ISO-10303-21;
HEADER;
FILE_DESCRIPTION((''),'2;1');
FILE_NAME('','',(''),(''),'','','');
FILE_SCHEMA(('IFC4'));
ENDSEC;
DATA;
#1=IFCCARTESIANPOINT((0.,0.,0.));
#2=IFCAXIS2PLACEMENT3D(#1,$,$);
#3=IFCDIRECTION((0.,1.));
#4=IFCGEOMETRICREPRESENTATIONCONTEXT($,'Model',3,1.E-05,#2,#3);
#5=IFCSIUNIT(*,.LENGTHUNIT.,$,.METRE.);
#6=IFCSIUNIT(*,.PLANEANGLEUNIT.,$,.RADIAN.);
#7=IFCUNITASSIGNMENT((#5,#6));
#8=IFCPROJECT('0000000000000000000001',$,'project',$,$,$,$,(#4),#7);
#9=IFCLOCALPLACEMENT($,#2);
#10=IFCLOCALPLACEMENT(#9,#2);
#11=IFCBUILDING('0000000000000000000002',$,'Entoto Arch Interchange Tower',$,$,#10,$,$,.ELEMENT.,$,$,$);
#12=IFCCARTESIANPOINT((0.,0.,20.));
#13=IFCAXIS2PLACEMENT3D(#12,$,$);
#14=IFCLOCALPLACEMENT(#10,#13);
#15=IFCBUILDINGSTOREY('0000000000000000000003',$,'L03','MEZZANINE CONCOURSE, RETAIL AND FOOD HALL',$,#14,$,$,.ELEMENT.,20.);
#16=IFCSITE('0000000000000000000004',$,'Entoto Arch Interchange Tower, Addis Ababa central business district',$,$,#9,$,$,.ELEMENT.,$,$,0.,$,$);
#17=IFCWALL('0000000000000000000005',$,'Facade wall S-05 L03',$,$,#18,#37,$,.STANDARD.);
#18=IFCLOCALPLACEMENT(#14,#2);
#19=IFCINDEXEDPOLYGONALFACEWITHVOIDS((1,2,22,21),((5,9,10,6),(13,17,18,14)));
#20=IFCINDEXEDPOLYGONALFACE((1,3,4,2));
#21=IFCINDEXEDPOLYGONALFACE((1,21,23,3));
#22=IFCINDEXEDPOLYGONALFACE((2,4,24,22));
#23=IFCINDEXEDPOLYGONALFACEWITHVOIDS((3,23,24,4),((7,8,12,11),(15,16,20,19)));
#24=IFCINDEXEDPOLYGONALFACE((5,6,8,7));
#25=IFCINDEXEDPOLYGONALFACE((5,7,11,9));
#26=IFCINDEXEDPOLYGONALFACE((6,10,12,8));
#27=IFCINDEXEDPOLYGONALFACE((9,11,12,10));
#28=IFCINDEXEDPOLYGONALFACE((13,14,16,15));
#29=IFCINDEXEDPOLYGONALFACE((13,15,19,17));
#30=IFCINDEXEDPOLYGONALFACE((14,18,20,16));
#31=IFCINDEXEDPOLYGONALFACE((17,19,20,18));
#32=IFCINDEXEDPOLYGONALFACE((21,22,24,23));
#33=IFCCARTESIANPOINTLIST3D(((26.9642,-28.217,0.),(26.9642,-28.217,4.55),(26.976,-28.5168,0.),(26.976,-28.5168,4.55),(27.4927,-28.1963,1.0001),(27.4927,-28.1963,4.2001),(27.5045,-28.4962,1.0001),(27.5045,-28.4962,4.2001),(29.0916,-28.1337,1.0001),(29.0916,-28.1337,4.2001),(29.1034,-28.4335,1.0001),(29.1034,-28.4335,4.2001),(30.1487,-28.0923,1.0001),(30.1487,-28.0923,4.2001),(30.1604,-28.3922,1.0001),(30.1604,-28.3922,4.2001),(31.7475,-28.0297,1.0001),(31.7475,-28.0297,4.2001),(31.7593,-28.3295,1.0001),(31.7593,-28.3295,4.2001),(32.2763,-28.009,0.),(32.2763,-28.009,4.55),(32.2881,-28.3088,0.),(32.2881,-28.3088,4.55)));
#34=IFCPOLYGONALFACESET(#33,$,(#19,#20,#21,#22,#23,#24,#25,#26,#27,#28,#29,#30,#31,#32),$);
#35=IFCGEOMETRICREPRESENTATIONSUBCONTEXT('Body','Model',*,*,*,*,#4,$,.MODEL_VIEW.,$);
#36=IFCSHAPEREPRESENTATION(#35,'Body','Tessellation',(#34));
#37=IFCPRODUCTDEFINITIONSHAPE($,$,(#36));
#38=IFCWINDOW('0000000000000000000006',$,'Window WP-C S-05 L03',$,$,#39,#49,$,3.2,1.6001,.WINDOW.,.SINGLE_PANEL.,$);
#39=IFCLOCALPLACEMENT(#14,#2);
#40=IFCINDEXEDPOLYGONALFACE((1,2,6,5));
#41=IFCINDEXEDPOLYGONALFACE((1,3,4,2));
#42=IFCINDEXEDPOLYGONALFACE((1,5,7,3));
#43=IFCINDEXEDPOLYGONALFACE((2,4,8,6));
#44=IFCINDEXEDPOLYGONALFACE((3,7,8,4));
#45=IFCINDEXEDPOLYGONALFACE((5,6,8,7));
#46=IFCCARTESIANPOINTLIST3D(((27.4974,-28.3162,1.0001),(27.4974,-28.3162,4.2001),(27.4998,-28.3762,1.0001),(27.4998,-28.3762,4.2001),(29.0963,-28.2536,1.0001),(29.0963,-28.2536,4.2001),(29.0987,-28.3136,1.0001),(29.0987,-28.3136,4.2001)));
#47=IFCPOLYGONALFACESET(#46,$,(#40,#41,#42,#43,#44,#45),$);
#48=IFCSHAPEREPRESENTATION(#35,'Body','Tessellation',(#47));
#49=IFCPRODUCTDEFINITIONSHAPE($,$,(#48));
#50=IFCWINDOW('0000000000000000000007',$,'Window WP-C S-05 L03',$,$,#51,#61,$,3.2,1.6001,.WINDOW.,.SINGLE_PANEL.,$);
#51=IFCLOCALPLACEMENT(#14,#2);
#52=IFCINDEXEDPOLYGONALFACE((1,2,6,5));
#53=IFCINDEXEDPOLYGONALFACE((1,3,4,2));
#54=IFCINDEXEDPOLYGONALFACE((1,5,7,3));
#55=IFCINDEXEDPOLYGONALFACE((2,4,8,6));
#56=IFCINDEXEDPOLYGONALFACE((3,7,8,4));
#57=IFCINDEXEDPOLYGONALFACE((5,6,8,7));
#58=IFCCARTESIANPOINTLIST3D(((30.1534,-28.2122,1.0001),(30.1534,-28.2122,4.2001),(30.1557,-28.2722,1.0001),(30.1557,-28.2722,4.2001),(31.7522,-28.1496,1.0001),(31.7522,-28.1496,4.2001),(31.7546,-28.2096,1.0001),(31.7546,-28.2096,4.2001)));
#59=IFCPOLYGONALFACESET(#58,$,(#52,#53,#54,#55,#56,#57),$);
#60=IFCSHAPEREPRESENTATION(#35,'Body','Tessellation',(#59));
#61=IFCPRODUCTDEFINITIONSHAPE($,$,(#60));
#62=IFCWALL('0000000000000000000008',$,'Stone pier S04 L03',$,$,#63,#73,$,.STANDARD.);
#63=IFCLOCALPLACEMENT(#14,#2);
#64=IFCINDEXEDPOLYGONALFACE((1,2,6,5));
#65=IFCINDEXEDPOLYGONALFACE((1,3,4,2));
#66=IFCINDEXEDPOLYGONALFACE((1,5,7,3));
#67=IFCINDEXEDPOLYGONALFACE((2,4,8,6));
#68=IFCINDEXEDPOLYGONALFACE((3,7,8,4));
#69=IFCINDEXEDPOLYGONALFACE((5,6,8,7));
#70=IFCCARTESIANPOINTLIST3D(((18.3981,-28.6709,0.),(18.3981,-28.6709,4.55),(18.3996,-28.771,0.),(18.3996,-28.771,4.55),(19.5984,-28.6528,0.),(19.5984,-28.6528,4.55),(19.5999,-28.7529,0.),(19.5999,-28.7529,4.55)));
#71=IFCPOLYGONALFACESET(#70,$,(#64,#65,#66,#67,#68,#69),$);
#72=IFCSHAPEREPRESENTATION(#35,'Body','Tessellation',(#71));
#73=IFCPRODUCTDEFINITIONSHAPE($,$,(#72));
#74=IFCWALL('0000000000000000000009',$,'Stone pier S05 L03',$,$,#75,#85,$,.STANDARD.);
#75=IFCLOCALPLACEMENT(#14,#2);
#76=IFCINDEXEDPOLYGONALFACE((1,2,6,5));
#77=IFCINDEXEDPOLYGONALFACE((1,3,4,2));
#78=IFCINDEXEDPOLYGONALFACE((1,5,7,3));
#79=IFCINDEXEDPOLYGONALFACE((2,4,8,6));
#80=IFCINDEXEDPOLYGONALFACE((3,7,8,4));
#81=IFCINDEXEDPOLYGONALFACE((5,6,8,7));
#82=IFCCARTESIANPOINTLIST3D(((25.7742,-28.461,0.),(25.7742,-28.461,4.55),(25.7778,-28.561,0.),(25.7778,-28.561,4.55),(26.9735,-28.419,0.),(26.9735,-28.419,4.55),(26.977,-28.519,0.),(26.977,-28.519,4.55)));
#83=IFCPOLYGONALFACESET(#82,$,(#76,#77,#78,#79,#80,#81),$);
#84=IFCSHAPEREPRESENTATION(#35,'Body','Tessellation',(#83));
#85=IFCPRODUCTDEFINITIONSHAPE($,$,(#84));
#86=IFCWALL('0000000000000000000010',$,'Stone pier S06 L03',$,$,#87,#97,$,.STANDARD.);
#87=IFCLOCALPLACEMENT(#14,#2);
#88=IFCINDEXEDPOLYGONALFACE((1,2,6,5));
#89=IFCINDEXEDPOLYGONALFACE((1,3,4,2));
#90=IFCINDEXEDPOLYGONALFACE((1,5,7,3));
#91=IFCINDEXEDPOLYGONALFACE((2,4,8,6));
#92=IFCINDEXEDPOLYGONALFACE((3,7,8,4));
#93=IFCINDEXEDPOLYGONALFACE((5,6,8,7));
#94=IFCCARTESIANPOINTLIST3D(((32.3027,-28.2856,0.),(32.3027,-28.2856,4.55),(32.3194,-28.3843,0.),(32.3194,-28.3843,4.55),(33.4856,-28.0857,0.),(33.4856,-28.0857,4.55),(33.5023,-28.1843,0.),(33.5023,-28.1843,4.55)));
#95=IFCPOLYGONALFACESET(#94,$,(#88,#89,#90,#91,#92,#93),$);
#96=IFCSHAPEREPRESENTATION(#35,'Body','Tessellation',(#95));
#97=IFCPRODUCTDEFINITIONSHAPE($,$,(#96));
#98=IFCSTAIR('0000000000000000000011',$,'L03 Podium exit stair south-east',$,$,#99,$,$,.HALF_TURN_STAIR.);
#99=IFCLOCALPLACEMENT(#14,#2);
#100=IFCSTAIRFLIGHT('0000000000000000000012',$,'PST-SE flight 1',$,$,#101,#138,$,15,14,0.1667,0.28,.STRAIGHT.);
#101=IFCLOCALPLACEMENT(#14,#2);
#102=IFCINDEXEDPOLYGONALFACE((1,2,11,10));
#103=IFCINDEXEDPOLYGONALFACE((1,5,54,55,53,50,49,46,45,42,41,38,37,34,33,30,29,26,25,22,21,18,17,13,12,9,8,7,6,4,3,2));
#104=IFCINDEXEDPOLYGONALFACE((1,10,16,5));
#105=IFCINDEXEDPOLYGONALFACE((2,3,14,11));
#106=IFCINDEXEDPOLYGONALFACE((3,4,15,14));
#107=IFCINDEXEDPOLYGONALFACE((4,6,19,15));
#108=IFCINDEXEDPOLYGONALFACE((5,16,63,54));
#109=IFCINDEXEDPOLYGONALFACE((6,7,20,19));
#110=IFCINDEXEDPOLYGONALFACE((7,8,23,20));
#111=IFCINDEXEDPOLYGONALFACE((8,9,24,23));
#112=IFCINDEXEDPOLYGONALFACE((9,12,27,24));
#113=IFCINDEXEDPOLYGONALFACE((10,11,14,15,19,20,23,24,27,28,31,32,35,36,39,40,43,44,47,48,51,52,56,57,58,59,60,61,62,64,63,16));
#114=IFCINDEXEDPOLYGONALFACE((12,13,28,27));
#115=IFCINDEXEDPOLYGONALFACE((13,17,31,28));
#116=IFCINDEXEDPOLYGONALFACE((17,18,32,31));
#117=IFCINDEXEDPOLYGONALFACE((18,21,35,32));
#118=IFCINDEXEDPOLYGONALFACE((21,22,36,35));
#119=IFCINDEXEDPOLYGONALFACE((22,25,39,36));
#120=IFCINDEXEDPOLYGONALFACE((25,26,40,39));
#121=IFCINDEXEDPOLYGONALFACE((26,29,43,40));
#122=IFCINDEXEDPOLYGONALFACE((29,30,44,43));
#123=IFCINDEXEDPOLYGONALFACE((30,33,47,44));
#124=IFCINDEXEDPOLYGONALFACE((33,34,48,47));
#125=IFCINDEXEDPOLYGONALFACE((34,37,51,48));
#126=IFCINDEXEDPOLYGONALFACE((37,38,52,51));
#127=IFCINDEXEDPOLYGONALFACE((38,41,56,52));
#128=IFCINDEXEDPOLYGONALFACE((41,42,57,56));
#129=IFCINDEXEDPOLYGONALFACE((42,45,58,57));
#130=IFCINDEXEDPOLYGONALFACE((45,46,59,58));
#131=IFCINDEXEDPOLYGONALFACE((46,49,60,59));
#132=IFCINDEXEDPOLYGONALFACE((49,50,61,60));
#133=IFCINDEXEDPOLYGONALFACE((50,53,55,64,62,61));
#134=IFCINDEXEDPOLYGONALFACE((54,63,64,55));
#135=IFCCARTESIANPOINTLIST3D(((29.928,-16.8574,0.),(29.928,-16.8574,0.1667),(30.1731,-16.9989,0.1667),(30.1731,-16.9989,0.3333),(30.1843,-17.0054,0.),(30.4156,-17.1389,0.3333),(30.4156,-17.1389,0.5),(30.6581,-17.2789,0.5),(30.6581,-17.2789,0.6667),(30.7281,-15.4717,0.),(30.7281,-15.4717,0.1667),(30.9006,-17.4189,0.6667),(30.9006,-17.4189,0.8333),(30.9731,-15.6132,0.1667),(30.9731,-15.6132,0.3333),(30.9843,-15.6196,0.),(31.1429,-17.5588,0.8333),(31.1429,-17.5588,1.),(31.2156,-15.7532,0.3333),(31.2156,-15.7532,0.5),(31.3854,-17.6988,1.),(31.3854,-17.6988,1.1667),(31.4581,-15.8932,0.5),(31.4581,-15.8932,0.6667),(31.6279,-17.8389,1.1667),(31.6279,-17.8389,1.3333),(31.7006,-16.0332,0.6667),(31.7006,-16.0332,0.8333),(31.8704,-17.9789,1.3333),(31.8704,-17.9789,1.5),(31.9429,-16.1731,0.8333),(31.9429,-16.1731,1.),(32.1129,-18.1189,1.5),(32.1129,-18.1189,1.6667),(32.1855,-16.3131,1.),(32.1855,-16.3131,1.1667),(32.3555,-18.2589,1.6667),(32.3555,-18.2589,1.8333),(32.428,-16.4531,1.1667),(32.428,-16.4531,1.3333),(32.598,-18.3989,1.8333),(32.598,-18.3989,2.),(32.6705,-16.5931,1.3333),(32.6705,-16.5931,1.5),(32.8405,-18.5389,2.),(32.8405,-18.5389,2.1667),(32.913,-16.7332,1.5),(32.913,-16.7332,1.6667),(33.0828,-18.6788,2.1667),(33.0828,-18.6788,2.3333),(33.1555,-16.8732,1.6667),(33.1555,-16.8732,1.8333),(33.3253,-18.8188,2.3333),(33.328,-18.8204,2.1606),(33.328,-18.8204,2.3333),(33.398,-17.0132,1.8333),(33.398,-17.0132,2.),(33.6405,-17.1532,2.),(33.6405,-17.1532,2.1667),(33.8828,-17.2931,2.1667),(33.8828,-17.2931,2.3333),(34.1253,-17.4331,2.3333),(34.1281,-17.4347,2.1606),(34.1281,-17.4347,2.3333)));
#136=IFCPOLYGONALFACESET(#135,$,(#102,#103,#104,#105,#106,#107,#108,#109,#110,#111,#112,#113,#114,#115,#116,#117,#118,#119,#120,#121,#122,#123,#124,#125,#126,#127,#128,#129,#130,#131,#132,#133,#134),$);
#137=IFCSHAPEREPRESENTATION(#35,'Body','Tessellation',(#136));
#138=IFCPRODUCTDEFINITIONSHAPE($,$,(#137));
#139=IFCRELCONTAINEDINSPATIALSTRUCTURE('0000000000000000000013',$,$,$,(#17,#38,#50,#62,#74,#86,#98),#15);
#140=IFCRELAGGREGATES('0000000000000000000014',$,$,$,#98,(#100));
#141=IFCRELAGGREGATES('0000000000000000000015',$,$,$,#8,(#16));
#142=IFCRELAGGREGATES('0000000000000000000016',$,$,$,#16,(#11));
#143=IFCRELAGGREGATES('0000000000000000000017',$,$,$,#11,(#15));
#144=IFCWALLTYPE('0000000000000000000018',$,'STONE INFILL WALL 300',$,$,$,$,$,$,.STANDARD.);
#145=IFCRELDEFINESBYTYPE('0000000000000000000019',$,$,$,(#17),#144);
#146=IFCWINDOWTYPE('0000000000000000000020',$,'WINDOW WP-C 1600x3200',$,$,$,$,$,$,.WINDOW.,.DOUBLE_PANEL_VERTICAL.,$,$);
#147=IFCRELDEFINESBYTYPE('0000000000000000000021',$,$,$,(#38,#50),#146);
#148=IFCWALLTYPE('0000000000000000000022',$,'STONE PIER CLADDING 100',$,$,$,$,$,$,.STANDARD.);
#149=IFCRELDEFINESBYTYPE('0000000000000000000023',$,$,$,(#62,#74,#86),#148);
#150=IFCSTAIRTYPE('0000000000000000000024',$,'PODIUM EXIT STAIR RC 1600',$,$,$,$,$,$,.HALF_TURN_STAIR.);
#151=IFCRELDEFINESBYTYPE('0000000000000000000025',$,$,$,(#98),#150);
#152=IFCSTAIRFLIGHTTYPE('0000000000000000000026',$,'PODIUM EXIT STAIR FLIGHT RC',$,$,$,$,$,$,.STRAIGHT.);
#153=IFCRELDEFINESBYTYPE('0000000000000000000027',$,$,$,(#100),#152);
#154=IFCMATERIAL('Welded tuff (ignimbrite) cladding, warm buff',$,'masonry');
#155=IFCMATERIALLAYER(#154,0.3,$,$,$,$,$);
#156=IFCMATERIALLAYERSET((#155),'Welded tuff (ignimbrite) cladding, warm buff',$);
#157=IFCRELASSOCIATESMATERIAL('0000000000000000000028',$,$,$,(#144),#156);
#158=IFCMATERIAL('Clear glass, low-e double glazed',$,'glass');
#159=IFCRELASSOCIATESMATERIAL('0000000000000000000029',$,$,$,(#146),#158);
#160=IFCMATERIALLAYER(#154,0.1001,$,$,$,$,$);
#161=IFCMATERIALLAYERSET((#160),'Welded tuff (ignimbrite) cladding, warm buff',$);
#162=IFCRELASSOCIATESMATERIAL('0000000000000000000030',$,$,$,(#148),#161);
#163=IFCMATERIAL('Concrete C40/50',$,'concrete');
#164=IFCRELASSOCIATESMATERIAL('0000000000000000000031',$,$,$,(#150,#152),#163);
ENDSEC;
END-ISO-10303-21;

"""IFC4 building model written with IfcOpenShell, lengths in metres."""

from ifc_helpers import new_model, si_unit, direction, frame, frame_2d, origin, place, context, subcontext, project, spatial, polyline, rectangle, outline, extrude, material, layer, layer_set, type_object, element, fill, aggregate, save


model = new_model("IFC4")

# Units and contexts
model_context = context("Model", 3, precision=1e-05, world=origin(), true_north=direction((0.0, 1.0)))
body_context = subcontext(model_context, "Body", "Model", "MODEL_VIEW")
ifc_project = project(units=[si_unit("LENGTHUNIT", "METRE"), si_unit("PLANEANGLEUNIT", "RADIAN")], contexts=[model_context])

# Site, building, storey
site_placement = place(None, origin())
site = spatial("IfcSite", under=ifc_project, at=site_placement, Name="Entoto Arch Interchange Tower, Addis Ababa central business district", CompositionType="ELEMENT", RefElevation=0.0)
building_placement = place(site_placement, origin())
building = spatial("IfcBuilding", under=site, at=building_placement, Name="Entoto Arch Interchange Tower", CompositionType="ELEMENT")
storey_placement = place(building_placement, frame((0.0, 0.0, 20.0)))
storey = spatial("IfcBuildingStorey", under=building, at=storey_placement, Name="L03", Description="MEZZANINE CONCOURSE, RETAIL AND FOOD HALL", CompositionType="ELEMENT", Elevation=20.0)

# Shared definitions
ifc_material_1 = material(Name="Concrete C40/50", Category="concrete")

# Wall, openings, windows
ifc_material_2 = material(Name="Welded tuff (ignimbrite) cladding, warm buff", Category="masonry")
ifc_layer_1 = layer(ifc_material_2, 0.3)
ifc_layer_set_1 = layer_set([ifc_layer_1], Name="Welded tuff (ignimbrite) cladding, warm buff")
wall_type_1 = type_object("IfcWallType", Name="STONE INFILL WALL 300", PredefinedType="STANDARD", material=ifc_layer_set_1)
wall_1_placement = place(storey_placement, frame((26.97, -28.3669, 0.0), z_axis=(0.0, 0.0, 1.0), x_axis=(0.999234, 0.039128, 0.0)))
wall_1 = element("IfcWall", 1, at=wall_1_placement, inside=storey, type_object=wall_type_1, Name="Facade wall S-05 L03", PredefinedType="STANDARD", context=body_context, shape_type="SweptSolid", body=[
    extrude(rectangle(XDim=5.3162, YDim=0.3, at=frame_2d((2.6582, 0.0))), origin(), (0.0, 0.0, 1.0), 4.55),
])
opening_1_placement = place(wall_1_placement, frame((0.5291, 0.0, 1.0)))
opening_1 = element("IfcOpeningElement", 2, at=opening_1_placement, cuts=wall_1, PredefinedType="OPENING", context=body_context, shape_type="SweptSolid", body=[
    extrude(rectangle(XDim=1.6001, YDim=3.2, at=frame_2d((0.8, 1.6001))), frame((0.0, 0.1602, 0.0), z_axis=(0.0, -1.0, 0.0), x_axis=(1.0, 0.0, 0.0)), (0.0, 0.0, 1.0), 0.3201),
])
opening_2_placement = place(wall_1_placement, frame((3.187, 0.0, 1.0)))
opening_2 = element("IfcOpeningElement", 3, at=opening_2_placement, cuts=wall_1, PredefinedType="OPENING", context=body_context, shape_type="SweptSolid", body=[
    extrude(rectangle(XDim=1.6001, YDim=3.2, at=frame_2d((0.8, 1.6001))), frame((0.0, 0.1602, 0.0), z_axis=(0.0, -1.0, 0.0), x_axis=(1.0, 0.0, 0.0)), (0.0, 0.0, 1.0), 0.3201),
])
ifc_material_3 = material(Name="Clear glass, low-e double glazed", Category="glass")
window_type = type_object("IfcWindowType", Name="WINDOW WP-C 1600x3200", PartitioningType="DOUBLE_PANEL_VERTICAL", PredefinedType="WINDOW", material=ifc_material_3)
window_1_placement = place(opening_1_placement, origin())
window_1 = element("IfcWindow", 4, at=window_1_placement, inside=storey, type_object=window_type, Name="Window WP-C S-05 L03", OverallHeight=3.2, OverallWidth=1.6001, PartitioningType="SINGLE_PANEL", PredefinedType="WINDOW", context=body_context, shape_type="SweptSolid", body=[
    extrude(rectangle(XDim=1.6001, YDim=3.2, at=frame_2d((0.8, 1.6001))), frame((0.0, 0.03, 0.0), z_axis=(0.0, -1.0, 0.0), x_axis=(1.0, 0.0, 0.0)), (0.0, 0.0, 1.0), 0.0601),
])
fill(opening_1, window_1)
window_2_placement = place(opening_2_placement, origin())
window_2 = element("IfcWindow", 5, at=window_2_placement, inside=storey, type_object=window_type, Name="Window WP-C S-05 L03", OverallHeight=3.2, OverallWidth=1.6001, PartitioningType="SINGLE_PANEL", PredefinedType="WINDOW", context=body_context, shape_type="SweptSolid", body=[
    extrude(rectangle(XDim=1.6001, YDim=3.2, at=frame_2d((0.8, 1.6001))), frame((0.0, 0.03, 0.0), z_axis=(0.0, -1.0, 0.0), x_axis=(1.0, 0.0, 0.0)), (0.0, 0.0, 1.0), 0.0601),
])
fill(opening_2, window_2)

# Walls
ifc_layer_2 = layer(ifc_material_2, 0.1001)
ifc_layer_set_2 = layer_set([ifc_layer_2], Name="Welded tuff (ignimbrite) cladding, warm buff")
wall_type_2 = type_object("IfcWallType", Name="STONE PIER CLADDING 100", PredefinedType="STANDARD", material=ifc_layer_set_2)
wall_2_placement = place(storey_placement, frame((18.3989, -28.7209, 0.0), z_axis=(0.0, 0.0, 1.0), x_axis=(0.999887, 0.015051, 0.0)))
element("IfcWall", 6, at=wall_2_placement, inside=storey, type_object=wall_type_2, Name="Stone pier S04 L03", PredefinedType="STANDARD", context=body_context, shape_type="SweptSolid", body=[
    extrude(rectangle(XDim=1.2004, YDim=0.1001, at=frame_2d((0.6001, 0.0))), origin(), (0.0, 0.0, 1.0), 4.55),
])
wall_3_placement = place(storey_placement, frame((25.7759, -28.511, 0.0), z_axis=(0.0, 0.0, 1.0), x_axis=(0.999387, 0.034995, 0.0)))
element("IfcWall", 7, at=wall_3_placement, inside=storey, type_object=wall_type_2, Name="Stone pier S05 L03", PredefinedType="STANDARD", context=body_context, shape_type="SweptSolid", body=[
    extrude(rectangle(XDim=1.2, YDim=0.1001, at=frame_2d((0.6001, 0.0))), origin(), (0.0, 0.0, 1.0), 4.55),
])
wall_4_placement = place(storey_placement, frame((32.311, -28.335, 0.0), z_axis=(0.0, 0.0, 1.0), x_axis=(0.986012, 0.166676, 0.0)))
element("IfcWall", 8, at=wall_4_placement, inside=storey, type_object=wall_type_2, Name="Stone pier S06 L03", PredefinedType="STANDARD", context=body_context, shape_type="SweptSolid", body=[
    extrude(rectangle(XDim=1.1997, YDim=0.1001, at=frame_2d((0.5999, 0.0))), origin(), (0.0, 0.0, 1.0), 4.55),
])

# Stair, stair flight
stair_type = type_object("IfcStairType", Name="PODIUM EXIT STAIR RC 1600", PredefinedType="HALF_TURN_STAIR", material=ifc_material_1)
stair_placement = place(storey_placement, origin())
stair = element("IfcStair", 9, at=stair_placement, inside=storey, type_object=stair_type, Name="L03 Podium exit stair south-east", PredefinedType="HALF_TURN_STAIR")
stair_flight_type = type_object("IfcStairFlightType", Name="PODIUM EXIT STAIR FLIGHT RC", PredefinedType="STRAIGHT", material=ifc_material_1)
stair_flight_placement = place(storey_placement, frame((30.3306, -16.166, 0.0), z_axis=(0.0, 0.0, 1.0), x_axis=(0.866025, -0.5, 0.0)))
stair_flight = element("IfcStairFlight", 10, at=stair_flight_placement, type_object=stair_flight_type, Name="PST-SE flight 1", NumberOfRisers=15, NumberOfTreads=14, PredefinedType="STRAIGHT", RiserHeight=0.1667, TreadLength=0.28, context=body_context, shape_type="SweptSolid", body=[
    extrude(outline(polyline([(-0.0029, 0.0), (-0.0029, 0.1667), (0.28, 0.1667), (0.28, 0.3333), (0.5601, 0.3333), (0.5601, 0.5), (0.8401, 0.5), (0.8401, 0.6667), (1.1201, 0.6667), (1.1201, 0.8333), (1.3999, 0.8333), (1.3999, 1.0), (1.6799, 1.0), (1.6799, 1.1667), (1.96, 1.1667), (1.96, 1.3333), (2.24, 1.3333), (2.24, 1.5), (2.52, 1.5), (2.52, 1.6667), (2.8, 1.6667), (2.8, 1.8333), (3.0801, 1.8333), (3.0801, 2.0), (3.3601, 2.0), (3.3601, 2.1667), (3.6399, 2.1667), (3.6399, 2.3333), (3.9199, 2.3333), (3.9231, 2.3333), (3.9231, 2.1606), (0.293, 0.0), (-0.0029, 0.0)])), frame((0.0, 0.8, 0.0), z_axis=(0.0, -1.0, 0.0), x_axis=(1.0, 0.0, 0.0)), (0.0, 0.0, 1.0), 1.6001),
])
aggregate(stair, [stair_flight])

save(model, "model.ifc")
